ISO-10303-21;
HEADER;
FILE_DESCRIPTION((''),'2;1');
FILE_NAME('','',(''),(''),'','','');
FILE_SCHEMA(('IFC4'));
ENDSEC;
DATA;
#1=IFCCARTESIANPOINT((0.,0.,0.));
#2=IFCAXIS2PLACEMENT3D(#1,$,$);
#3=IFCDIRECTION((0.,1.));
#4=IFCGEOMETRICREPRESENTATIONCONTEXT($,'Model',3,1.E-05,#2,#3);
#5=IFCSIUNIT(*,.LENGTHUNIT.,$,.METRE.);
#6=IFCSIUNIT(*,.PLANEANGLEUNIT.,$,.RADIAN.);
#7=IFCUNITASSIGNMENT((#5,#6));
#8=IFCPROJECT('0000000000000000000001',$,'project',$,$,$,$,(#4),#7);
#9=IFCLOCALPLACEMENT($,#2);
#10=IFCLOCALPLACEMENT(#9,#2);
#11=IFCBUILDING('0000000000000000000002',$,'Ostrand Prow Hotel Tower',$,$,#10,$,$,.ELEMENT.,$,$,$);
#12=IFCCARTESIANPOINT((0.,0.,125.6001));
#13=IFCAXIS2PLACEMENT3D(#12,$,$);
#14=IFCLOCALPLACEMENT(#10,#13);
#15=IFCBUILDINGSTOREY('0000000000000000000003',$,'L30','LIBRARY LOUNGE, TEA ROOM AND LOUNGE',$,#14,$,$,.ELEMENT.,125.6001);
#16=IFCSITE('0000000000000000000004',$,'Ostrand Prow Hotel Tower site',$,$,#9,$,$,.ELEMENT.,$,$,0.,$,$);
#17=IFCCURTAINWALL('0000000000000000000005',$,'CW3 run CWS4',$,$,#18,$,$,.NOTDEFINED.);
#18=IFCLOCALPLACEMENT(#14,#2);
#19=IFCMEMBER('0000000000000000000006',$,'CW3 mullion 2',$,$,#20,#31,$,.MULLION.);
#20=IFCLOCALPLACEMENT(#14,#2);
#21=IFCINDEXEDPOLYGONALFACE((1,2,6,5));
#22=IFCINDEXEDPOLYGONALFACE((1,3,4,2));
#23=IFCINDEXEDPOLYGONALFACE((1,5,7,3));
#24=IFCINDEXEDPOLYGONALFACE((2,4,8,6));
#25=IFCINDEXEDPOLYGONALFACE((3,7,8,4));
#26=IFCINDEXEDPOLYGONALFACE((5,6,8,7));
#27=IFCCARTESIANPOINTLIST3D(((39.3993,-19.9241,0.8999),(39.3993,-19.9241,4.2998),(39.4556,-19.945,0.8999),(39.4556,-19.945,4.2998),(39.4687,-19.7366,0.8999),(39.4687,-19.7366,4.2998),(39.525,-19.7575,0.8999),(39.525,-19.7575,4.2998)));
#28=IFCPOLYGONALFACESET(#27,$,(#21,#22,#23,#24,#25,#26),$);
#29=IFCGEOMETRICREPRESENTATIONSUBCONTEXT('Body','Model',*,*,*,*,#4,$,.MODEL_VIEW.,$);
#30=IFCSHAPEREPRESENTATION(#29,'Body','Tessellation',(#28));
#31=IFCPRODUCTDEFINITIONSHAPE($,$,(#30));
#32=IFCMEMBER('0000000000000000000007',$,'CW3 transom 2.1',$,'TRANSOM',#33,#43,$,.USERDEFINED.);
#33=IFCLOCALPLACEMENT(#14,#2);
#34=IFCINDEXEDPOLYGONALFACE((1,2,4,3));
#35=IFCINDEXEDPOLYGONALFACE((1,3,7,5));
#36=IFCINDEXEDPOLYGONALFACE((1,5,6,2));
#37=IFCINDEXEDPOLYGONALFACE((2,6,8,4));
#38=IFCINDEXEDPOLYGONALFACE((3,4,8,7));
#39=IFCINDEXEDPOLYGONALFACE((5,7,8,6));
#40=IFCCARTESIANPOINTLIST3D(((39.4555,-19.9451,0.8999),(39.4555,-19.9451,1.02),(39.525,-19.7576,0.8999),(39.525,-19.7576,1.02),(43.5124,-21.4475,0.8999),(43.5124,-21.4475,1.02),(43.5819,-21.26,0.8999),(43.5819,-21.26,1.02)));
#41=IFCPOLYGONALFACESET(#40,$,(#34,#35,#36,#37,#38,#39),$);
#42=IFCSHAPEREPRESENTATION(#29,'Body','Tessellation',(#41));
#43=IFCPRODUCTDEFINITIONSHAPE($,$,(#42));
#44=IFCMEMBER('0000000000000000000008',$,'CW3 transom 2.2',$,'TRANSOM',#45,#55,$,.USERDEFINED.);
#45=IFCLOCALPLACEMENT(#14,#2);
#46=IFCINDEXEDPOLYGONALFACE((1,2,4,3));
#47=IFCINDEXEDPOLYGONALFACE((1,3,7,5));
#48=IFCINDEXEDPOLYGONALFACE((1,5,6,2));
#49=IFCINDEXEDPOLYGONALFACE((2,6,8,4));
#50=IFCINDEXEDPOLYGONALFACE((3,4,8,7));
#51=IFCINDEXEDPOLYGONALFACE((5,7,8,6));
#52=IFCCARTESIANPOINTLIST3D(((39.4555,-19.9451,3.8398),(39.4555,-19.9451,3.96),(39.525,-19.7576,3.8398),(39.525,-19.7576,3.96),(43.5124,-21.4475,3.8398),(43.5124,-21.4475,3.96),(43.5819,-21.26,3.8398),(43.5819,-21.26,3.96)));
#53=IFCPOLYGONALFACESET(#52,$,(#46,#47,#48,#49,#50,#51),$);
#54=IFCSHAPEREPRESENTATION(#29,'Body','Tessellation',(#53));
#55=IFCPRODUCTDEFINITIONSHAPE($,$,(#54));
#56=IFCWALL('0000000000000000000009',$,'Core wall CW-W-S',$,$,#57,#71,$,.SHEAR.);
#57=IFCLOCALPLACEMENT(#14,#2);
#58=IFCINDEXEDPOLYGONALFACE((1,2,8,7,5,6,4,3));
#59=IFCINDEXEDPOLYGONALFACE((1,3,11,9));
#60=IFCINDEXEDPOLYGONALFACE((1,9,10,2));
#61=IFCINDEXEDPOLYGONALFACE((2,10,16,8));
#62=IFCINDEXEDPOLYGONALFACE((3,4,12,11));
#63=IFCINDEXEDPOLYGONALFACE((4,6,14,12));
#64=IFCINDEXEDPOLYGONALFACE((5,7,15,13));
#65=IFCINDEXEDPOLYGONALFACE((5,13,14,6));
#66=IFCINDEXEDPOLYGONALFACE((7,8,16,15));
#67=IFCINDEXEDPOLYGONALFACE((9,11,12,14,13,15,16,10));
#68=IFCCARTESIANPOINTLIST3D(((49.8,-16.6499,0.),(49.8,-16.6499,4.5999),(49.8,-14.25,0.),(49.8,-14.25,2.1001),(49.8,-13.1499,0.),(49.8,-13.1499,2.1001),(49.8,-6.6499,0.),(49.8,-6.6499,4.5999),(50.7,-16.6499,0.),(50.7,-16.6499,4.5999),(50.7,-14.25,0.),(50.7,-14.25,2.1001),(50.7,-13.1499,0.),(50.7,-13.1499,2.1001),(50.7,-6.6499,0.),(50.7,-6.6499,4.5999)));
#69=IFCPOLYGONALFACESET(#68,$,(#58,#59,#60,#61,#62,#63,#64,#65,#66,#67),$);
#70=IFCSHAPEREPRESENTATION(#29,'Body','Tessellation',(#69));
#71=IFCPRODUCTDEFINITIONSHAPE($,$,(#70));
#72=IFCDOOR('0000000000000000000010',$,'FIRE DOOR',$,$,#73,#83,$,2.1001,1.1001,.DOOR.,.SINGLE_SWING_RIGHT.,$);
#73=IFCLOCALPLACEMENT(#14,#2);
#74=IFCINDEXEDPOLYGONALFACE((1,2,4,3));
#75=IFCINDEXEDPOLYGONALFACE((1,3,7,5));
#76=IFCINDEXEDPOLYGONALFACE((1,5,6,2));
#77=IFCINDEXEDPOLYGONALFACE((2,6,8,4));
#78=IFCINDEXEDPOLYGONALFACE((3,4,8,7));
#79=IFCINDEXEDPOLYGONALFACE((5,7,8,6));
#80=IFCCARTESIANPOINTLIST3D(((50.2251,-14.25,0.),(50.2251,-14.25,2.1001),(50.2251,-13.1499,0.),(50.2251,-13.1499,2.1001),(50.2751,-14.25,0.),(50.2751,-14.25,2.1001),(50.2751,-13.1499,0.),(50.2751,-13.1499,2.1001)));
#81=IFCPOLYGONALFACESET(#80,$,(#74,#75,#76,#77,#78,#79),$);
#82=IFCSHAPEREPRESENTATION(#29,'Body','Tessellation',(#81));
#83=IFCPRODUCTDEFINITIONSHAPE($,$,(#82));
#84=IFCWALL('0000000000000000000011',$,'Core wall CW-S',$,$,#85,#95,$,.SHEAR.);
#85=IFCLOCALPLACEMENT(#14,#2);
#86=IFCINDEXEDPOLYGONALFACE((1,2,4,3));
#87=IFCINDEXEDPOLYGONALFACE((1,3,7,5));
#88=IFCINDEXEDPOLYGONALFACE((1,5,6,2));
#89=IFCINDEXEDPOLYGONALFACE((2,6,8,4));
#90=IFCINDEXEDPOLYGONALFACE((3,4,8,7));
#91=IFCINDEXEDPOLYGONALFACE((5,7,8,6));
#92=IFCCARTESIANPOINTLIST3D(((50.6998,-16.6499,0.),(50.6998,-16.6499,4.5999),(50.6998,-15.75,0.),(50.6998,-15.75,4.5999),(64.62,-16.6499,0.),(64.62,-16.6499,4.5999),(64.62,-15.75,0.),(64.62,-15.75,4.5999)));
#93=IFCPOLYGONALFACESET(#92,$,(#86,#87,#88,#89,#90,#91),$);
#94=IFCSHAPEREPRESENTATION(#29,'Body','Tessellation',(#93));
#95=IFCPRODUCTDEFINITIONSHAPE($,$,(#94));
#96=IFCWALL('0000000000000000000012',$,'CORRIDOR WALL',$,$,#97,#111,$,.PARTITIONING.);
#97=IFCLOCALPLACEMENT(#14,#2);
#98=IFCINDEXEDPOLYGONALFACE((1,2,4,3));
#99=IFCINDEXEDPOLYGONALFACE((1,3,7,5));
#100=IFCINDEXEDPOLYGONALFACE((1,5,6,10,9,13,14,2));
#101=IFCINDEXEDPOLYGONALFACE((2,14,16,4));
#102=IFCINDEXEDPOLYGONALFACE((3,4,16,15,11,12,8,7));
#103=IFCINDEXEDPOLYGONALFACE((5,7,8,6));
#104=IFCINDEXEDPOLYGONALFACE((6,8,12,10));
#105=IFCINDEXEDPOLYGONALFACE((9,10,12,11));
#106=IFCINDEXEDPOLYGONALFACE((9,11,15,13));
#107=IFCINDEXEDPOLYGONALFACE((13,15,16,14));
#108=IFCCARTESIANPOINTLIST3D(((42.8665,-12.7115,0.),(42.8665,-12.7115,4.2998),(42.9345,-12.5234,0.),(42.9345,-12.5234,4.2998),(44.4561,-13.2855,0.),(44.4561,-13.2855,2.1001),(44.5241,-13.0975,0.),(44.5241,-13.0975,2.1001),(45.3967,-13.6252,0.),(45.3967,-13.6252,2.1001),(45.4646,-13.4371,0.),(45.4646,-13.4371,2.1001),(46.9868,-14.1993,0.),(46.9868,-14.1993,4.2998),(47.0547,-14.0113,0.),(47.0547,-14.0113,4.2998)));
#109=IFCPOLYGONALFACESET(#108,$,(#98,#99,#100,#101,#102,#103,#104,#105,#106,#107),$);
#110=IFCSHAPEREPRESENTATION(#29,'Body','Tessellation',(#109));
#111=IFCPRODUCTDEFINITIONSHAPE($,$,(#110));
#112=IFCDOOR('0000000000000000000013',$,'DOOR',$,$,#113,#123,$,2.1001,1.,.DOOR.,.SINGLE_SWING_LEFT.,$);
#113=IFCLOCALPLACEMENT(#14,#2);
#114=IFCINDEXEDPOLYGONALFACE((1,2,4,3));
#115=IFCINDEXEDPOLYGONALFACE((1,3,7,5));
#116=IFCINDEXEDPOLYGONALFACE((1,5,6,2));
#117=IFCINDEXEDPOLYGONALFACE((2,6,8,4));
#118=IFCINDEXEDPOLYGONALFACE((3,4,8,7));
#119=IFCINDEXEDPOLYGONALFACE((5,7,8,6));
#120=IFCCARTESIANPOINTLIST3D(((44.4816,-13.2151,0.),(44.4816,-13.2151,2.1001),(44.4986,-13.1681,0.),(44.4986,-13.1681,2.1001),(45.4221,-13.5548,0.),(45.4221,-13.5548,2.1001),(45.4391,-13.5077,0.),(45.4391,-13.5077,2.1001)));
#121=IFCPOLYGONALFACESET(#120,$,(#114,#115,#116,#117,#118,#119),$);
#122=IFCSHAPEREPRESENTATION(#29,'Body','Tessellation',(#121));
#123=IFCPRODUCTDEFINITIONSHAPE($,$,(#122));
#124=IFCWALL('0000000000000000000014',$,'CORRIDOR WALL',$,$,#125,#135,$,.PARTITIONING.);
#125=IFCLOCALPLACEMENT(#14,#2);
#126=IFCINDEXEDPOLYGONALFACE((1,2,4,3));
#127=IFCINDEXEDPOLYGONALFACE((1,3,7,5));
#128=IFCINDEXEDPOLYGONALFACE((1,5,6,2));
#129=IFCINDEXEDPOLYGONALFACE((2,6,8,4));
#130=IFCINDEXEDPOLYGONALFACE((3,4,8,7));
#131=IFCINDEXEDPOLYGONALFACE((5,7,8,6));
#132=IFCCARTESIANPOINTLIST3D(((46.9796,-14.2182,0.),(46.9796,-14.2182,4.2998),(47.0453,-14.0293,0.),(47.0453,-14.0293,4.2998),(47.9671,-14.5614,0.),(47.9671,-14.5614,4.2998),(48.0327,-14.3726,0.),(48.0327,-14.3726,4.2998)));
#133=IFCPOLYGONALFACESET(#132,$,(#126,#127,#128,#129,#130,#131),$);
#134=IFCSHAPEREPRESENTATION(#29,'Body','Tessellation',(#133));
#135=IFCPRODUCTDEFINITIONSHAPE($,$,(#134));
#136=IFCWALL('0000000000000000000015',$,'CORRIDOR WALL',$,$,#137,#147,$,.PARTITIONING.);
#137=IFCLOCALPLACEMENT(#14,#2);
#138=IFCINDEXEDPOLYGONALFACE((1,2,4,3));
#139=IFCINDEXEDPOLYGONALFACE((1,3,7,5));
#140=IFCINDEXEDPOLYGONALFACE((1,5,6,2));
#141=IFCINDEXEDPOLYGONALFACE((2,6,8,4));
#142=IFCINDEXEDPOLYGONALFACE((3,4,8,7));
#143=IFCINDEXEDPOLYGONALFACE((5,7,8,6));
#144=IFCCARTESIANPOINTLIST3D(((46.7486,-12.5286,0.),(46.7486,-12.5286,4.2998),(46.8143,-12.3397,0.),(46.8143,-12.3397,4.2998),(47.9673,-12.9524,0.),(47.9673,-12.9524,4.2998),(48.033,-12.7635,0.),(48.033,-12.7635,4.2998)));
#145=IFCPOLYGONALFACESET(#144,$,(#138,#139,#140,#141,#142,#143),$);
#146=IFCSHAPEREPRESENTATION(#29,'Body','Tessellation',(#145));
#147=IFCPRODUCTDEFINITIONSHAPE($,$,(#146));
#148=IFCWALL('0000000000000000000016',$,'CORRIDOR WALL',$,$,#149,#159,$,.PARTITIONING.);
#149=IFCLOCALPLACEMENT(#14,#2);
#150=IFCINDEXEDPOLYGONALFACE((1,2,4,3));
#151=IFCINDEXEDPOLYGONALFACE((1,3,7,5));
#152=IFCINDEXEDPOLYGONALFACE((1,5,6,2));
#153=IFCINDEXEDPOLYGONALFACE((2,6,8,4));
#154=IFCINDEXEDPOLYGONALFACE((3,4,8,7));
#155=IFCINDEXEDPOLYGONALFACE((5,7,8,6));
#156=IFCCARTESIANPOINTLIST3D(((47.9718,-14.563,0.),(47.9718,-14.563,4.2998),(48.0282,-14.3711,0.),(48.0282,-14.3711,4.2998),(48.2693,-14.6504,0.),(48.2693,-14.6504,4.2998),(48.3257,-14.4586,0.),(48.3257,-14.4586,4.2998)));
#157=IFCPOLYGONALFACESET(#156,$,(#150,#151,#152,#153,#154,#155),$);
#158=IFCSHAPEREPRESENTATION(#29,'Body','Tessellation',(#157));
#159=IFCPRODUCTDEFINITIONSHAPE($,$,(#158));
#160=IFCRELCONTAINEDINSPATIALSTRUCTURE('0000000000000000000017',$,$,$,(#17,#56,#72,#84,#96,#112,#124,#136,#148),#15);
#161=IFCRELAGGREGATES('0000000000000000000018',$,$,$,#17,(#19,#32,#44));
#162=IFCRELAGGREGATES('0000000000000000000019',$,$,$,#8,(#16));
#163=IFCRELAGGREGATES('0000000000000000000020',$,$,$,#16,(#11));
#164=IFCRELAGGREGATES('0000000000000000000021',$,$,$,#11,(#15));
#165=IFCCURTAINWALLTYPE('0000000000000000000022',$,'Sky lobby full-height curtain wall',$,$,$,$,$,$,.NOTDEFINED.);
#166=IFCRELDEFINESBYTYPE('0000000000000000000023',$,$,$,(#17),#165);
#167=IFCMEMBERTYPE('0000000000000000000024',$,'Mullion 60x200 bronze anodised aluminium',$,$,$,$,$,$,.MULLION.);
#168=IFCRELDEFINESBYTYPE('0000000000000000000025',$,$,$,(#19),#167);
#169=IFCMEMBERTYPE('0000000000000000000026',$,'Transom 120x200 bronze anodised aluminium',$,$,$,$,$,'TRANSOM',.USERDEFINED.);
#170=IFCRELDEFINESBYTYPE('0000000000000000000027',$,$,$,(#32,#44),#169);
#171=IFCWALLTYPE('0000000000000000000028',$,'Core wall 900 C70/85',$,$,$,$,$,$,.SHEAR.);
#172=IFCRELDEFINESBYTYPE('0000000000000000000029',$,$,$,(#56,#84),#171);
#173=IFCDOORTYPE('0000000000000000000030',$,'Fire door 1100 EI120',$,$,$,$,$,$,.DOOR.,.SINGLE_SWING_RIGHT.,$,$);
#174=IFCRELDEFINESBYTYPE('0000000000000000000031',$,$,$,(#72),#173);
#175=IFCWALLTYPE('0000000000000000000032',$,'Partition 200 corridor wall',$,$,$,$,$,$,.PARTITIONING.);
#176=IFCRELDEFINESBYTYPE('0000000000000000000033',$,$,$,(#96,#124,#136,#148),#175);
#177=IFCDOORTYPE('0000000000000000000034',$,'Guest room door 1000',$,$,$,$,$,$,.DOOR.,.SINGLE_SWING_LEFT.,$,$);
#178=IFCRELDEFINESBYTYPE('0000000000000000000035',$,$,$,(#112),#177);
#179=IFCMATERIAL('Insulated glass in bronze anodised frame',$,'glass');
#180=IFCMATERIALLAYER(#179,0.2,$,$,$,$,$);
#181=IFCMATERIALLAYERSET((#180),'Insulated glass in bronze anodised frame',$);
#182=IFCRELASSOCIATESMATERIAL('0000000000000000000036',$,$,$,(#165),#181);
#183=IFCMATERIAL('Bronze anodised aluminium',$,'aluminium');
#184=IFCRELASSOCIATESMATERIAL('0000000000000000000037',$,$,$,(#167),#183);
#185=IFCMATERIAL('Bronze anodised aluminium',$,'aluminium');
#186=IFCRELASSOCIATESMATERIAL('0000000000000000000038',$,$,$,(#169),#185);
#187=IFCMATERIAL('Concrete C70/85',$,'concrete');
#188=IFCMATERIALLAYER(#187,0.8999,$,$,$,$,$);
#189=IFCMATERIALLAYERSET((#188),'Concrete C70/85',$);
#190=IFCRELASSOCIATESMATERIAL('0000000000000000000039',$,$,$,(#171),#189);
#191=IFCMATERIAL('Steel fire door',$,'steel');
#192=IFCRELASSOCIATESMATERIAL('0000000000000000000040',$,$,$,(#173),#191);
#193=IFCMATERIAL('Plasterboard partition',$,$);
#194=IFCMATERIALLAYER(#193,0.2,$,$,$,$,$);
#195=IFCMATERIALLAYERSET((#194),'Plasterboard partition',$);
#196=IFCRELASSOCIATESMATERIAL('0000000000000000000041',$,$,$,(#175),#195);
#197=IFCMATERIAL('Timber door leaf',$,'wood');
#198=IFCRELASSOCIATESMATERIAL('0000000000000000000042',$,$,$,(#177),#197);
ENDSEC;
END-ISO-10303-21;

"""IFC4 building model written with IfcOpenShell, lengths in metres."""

from ifc_helpers import new_model, si_unit, direction, frame, frame_2d, origin, origin_2d, place, context, subcontext, project, spatial, rectangle, extrude, material, layer, layer_set, material_profile, profile_set, type_object, element, fill, aggregate, save


model = new_model("IFC4")

# Units and contexts
model_context = context("Model", 3, precision=1e-05, world=origin(), true_north=direction((0.0, 1.0)))
body_context = subcontext(model_context, "Body", "Model", "MODEL_VIEW")
ifc_project = project(units=[si_unit("LENGTHUNIT", "METRE"), si_unit("PLANEANGLEUNIT", "RADIAN")], contexts=[model_context])

# Site, building, storey
site_placement = place(None, origin())
site = spatial("IfcSite", under=ifc_project, at=site_placement, Name="Ostrand Prow Hotel Tower site", CompositionType="ELEMENT", RefElevation=0.0)
building_placement = place(site_placement, origin())
building = spatial("IfcBuilding", under=site, at=building_placement, Name="Ostrand Prow Hotel Tower", CompositionType="ELEMENT")
storey_placement = place(building_placement, frame((0.0, 0.0, 125.6001)))
storey = spatial("IfcBuildingStorey", under=building, at=storey_placement, Name="L30", Description="LIBRARY LOUNGE, TEA ROOM AND LOUNGE", CompositionType="ELEMENT", Elevation=125.6001)

# Curtain wall, members
ifc_material_1 = material(Name="Insulated glass in bronze anodised frame", Category="glass")
ifc_layer_1 = layer(ifc_material_1, 0.2)
ifc_layer_set_1 = layer_set([ifc_layer_1], Name="Insulated glass in bronze anodised frame")
curtain_wall_type = type_object("IfcCurtainWallType", Name="Sky lobby full-height curtain wall", PredefinedType="NOTDEFINED", material=ifc_layer_set_1)
curtain_wall_placement = place(storey_placement, origin())
curtain_wall = element("IfcCurtainWall", 1, at=curtain_wall_placement, inside=storey, type_object=curtain_wall_type, Name="CW3 run CWS4", PredefinedType="NOTDEFINED")
ifc_material_2 = material(Name="Bronze anodised aluminium", Category="aluminium")
ifc_material_profile_1 = material_profile(ifc_material_2, rectangle(XDim=0.2, YDim=0.0601, at=origin_2d()), Name="Mullion 60x200 bronze anodised aluminium")
ifc_profile_set_1 = profile_set([ifc_material_profile_1], Name="Bronze anodised aluminium")
member_type_1 = type_object("IfcMemberType", Name="Mullion 60x200 bronze anodised aluminium", PredefinedType="MULLION", material=ifc_profile_set_1)
member_1_placement = place(storey_placement, frame((39.4622, -19.8408, 0.8999), z_axis=(0.0, 0.0, 1.0), x_axis=(0.347342, 0.937739, 0.0)))
member_1 = element("IfcMember", 2, at=member_1_placement, type_object=member_type_1, Name="CW3 mullion 2", PredefinedType="MULLION", context=body_context, shape_type="SweptSolid", body=[
    extrude(rectangle(XDim=0.2, YDim=0.0601, at=origin_2d()), origin(), (0.0, 0.0, 1.0), 3.3999),
])
ifc_material_3 = material(Name="Bronze anodised aluminium", Category="aluminium")
ifc_material_profile_2 = material_profile(ifc_material_3, rectangle(XDim=0.2, YDim=0.1201, at=origin_2d()), Name="Transom 120x200 bronze anodised aluminium")
ifc_profile_set_2 = profile_set([ifc_material_profile_2], Name="Bronze anodised aluminium")
member_type_2 = type_object("IfcMemberType", Name="Transom 120x200 bronze anodised aluminium", ElementType="TRANSOM", PredefinedType="USERDEFINED", material=ifc_profile_set_2)
member_2_placement = place(storey_placement, frame((39.4902, -19.8513, 0.96), z_axis=(0.937757, -0.347292, 0.0), x_axis=(0.347292, 0.937757, 0.0)))
member_2 = element("IfcMember", 3, at=member_2_placement, type_object=member_type_2, Name="CW3 transom 2.1", ObjectType="TRANSOM", PredefinedType="USERDEFINED", context=body_context, shape_type="SweptSolid", body=[
    extrude(rectangle(XDim=0.2, YDim=0.1201, at=origin_2d()), origin(), (0.0, 0.0, 1.0), 4.3262),
])
member_3_placement = place(storey_placement, frame((39.4902, -19.8513, 3.8999), z_axis=(0.937757, -0.347292, 0.0), x_axis=(0.347292, 0.937757, 0.0)))
member_3 = element("IfcMember", 4, at=member_3_placement, type_object=member_type_2, Name="CW3 transom 2.2", ObjectType="TRANSOM", PredefinedType="USERDEFINED", context=body_context, shape_type="SweptSolid", body=[
    extrude(rectangle(XDim=0.2, YDim=0.1201, at=origin_2d()), origin(), (0.0, 0.0, 1.0), 4.3262),
])
aggregate(curtain_wall, [member_1, member_2, member_3])

# Wall, opening, door
ifc_material_4 = material(Name="Concrete C70/85", Category="concrete")
ifc_layer_2 = layer(ifc_material_4, 0.8999)
ifc_layer_set_2 = layer_set([ifc_layer_2], Name="Concrete C70/85")
wall_type_1 = type_object("IfcWallType", Name="Core wall 900 C70/85", PredefinedType="SHEAR", material=ifc_layer_set_2)
wall_1_placement = place(storey_placement, frame((50.25, -16.6499, 0.0), z_axis=(0.0, 0.0, 1.0), x_axis=(0.0, 1.0, 0.0)))
wall_1 = element("IfcWall", 5, at=wall_1_placement, inside=storey, type_object=wall_type_1, Name="Core wall CW-W-S", PredefinedType="SHEAR", context=body_context, shape_type="SweptSolid", body=[
    extrude(rectangle(XDim=10.0, YDim=0.8999, at=frame_2d((5.0, 0.0))), origin(), (0.0, 0.0, 1.0), 4.5999),
])
opening_1_placement = place(wall_1_placement, frame((2.3999, 0.0, 0.0)))
opening_1 = element("IfcOpeningElement", 6, at=opening_1_placement, cuts=wall_1, PredefinedType="OPENING", context=body_context, shape_type="SweptSolid", body=[
    extrude(rectangle(XDim=1.1001, YDim=2.1001, at=frame_2d((0.55, 1.05))), frame((0.0, 0.46, 0.0), z_axis=(0.0, -1.0, 0.0), x_axis=(1.0, 0.0, 0.0)), (0.0, 0.0, 1.0), 0.9199),
])
ifc_material_5 = material(Name="Steel fire door", Category="steel")
door_type_1 = type_object("IfcDoorType", Name="Fire door 1100 EI120", OperationType="SINGLE_SWING_RIGHT", PredefinedType="DOOR", material=ifc_material_5)
door_1_placement = place(opening_1_placement, origin())
door_1 = element("IfcDoor", 7, at=door_1_placement, inside=storey, type_object=door_type_1, Name="FIRE DOOR", OperationType="SINGLE_SWING_RIGHT", OverallHeight=2.1001, OverallWidth=1.1001, PredefinedType="DOOR", context=body_context, shape_type="SweptSolid", body=[
    extrude(rectangle(XDim=1.1001, YDim=2.1001, at=frame_2d((0.55, 1.05))), frame((0.0, 0.0249, 0.0), z_axis=(0.0, -1.0, 0.0), x_axis=(1.0, 0.0, 0.0)), (0.0, 0.0, 1.0), 0.05),
])
fill(opening_1, door_1)

# Wall
wall_2_placement = place(storey_placement, frame((50.7, -16.2, 0.0), z_axis=(0.0, 0.0, 1.0), x_axis=(1.0, 0.0, 0.0)))
element("IfcWall", 8, at=wall_2_placement, inside=storey, type_object=wall_type_1, Name="Core wall CW-S", PredefinedType="SHEAR", context=body_context, shape_type="SweptSolid", body=[
    extrude(rectangle(XDim=13.9202, YDim=0.8999, at=frame_2d((6.96, 0.0))), origin(), (0.0, 0.0, 1.0), 4.5999),
])

# Wall, opening, door
ifc_material_6 = material(Name="Plasterboard partition")
ifc_layer_3 = layer(ifc_material_6, 0.2)
ifc_layer_set_3 = layer_set([ifc_layer_3], Name="Plasterboard partition")
wall_type_2 = type_object("IfcWallType", Name="Partition 200 corridor wall", PredefinedType="PARTITIONING", material=ifc_layer_set_3)
wall_3_placement = place(storey_placement, frame((42.9004, -12.6174, 0.0), z_axis=(0.0, 0.0, 1.0), x_axis=(0.940556, -0.339639, 0.0)))
wall_3 = element("IfcWall", 9, at=wall_3_placement, inside=storey, type_object=wall_type_2, Name="CORRIDOR WALL", PredefinedType="PARTITIONING", context=body_context, shape_type="SweptSolid", body=[
    extrude(rectangle(XDim=4.3806, YDim=0.2, at=frame_2d((2.1904, 0.0))), origin(), (0.0, 0.0, 1.0), 4.2998),
])
opening_2_placement = place(wall_3_placement, frame((1.6902, 0.0, 0.0)))
opening_2 = element("IfcOpeningElement", 10, at=opening_2_placement, cuts=wall_3, PredefinedType="OPENING", context=body_context, shape_type="SweptSolid", body=[
    extrude(rectangle(XDim=1.0, YDim=2.1001, at=frame_2d((0.5, 1.05))), frame((0.0, 0.1099, 0.0), z_axis=(0.0, -1.0, 0.0), x_axis=(1.0, 0.0, 0.0)), (0.0, 0.0, 1.0), 0.22),
])
ifc_material_7 = material(Name="Timber door leaf", Category="wood")
door_type_2 = type_object("IfcDoorType", Name="Guest room door 1000", OperationType="SINGLE_SWING_LEFT", PredefinedType="DOOR", material=ifc_material_7)
door_2_placement = place(opening_2_placement, origin())
door_2 = element("IfcDoor", 11, at=door_2_placement, inside=storey, type_object=door_type_2, Name="DOOR", OperationType="SINGLE_SWING_LEFT", OverallHeight=2.1001, OverallWidth=1.0, PredefinedType="DOOR", context=body_context, shape_type="SweptSolid", body=[
    extrude(rectangle(XDim=1.0, YDim=2.1001, at=frame_2d((0.5, 1.05))), frame((0.0, 0.0249, 0.0), z_axis=(0.0, -1.0, 0.0), x_axis=(1.0, 0.0, 0.0)), (0.0, 0.0, 1.0), 0.05),
])
fill(opening_2, door_2)

# Walls
wall_4_placement = place(storey_placement, frame((47.0125, -14.1238, 0.0), z_axis=(0.0, 0.0, 1.0), x_axis=(0.944566, -0.328321, 0.0)))
element("IfcWall", 12, at=wall_4_placement, inside=storey, type_object=wall_type_2, Name="CORRIDOR WALL", PredefinedType="PARTITIONING", context=body_context, shape_type="SweptSolid", body=[
    extrude(rectangle(XDim=1.0454, YDim=0.2, at=frame_2d((0.5227, 0.0))), origin(), (0.0, 0.0, 1.0), 4.2998),
])
wall_5_placement = place(storey_placement, frame((48.0, -12.8579, 0.0), z_axis=(0.0, 0.0, 1.0), x_axis=(-0.944517, 0.328462, 0.0)))
element("IfcWall", 13, at=wall_5_placement, inside=storey, type_object=wall_type_2, Name="CORRIDOR WALL", PredefinedType="PARTITIONING", context=body_context, shape_type="SweptSolid", body=[
    extrude(rectangle(XDim=1.2903, YDim=0.2, at=frame_2d((0.645, 0.0))), origin(), (0.0, 0.0, 1.0), 4.2998),
])
wall_6_placement = place(storey_placement, frame((48.0, -14.467, 0.0), z_axis=(0.0, 0.0, 1.0), x_axis=(0.959416, -0.281996, 0.0)))
element("IfcWall", 14, at=wall_6_placement, inside=storey, type_object=wall_type_2, Name="CORRIDOR WALL", PredefinedType="PARTITIONING", context=body_context, shape_type="SweptSolid", body=[
    extrude(rectangle(XDim=0.3101, YDim=0.2, at=frame_2d((0.155, 0.0))), origin(), (0.0, 0.0, 1.0), 4.2998),
])

save(model, "model.ifc")
